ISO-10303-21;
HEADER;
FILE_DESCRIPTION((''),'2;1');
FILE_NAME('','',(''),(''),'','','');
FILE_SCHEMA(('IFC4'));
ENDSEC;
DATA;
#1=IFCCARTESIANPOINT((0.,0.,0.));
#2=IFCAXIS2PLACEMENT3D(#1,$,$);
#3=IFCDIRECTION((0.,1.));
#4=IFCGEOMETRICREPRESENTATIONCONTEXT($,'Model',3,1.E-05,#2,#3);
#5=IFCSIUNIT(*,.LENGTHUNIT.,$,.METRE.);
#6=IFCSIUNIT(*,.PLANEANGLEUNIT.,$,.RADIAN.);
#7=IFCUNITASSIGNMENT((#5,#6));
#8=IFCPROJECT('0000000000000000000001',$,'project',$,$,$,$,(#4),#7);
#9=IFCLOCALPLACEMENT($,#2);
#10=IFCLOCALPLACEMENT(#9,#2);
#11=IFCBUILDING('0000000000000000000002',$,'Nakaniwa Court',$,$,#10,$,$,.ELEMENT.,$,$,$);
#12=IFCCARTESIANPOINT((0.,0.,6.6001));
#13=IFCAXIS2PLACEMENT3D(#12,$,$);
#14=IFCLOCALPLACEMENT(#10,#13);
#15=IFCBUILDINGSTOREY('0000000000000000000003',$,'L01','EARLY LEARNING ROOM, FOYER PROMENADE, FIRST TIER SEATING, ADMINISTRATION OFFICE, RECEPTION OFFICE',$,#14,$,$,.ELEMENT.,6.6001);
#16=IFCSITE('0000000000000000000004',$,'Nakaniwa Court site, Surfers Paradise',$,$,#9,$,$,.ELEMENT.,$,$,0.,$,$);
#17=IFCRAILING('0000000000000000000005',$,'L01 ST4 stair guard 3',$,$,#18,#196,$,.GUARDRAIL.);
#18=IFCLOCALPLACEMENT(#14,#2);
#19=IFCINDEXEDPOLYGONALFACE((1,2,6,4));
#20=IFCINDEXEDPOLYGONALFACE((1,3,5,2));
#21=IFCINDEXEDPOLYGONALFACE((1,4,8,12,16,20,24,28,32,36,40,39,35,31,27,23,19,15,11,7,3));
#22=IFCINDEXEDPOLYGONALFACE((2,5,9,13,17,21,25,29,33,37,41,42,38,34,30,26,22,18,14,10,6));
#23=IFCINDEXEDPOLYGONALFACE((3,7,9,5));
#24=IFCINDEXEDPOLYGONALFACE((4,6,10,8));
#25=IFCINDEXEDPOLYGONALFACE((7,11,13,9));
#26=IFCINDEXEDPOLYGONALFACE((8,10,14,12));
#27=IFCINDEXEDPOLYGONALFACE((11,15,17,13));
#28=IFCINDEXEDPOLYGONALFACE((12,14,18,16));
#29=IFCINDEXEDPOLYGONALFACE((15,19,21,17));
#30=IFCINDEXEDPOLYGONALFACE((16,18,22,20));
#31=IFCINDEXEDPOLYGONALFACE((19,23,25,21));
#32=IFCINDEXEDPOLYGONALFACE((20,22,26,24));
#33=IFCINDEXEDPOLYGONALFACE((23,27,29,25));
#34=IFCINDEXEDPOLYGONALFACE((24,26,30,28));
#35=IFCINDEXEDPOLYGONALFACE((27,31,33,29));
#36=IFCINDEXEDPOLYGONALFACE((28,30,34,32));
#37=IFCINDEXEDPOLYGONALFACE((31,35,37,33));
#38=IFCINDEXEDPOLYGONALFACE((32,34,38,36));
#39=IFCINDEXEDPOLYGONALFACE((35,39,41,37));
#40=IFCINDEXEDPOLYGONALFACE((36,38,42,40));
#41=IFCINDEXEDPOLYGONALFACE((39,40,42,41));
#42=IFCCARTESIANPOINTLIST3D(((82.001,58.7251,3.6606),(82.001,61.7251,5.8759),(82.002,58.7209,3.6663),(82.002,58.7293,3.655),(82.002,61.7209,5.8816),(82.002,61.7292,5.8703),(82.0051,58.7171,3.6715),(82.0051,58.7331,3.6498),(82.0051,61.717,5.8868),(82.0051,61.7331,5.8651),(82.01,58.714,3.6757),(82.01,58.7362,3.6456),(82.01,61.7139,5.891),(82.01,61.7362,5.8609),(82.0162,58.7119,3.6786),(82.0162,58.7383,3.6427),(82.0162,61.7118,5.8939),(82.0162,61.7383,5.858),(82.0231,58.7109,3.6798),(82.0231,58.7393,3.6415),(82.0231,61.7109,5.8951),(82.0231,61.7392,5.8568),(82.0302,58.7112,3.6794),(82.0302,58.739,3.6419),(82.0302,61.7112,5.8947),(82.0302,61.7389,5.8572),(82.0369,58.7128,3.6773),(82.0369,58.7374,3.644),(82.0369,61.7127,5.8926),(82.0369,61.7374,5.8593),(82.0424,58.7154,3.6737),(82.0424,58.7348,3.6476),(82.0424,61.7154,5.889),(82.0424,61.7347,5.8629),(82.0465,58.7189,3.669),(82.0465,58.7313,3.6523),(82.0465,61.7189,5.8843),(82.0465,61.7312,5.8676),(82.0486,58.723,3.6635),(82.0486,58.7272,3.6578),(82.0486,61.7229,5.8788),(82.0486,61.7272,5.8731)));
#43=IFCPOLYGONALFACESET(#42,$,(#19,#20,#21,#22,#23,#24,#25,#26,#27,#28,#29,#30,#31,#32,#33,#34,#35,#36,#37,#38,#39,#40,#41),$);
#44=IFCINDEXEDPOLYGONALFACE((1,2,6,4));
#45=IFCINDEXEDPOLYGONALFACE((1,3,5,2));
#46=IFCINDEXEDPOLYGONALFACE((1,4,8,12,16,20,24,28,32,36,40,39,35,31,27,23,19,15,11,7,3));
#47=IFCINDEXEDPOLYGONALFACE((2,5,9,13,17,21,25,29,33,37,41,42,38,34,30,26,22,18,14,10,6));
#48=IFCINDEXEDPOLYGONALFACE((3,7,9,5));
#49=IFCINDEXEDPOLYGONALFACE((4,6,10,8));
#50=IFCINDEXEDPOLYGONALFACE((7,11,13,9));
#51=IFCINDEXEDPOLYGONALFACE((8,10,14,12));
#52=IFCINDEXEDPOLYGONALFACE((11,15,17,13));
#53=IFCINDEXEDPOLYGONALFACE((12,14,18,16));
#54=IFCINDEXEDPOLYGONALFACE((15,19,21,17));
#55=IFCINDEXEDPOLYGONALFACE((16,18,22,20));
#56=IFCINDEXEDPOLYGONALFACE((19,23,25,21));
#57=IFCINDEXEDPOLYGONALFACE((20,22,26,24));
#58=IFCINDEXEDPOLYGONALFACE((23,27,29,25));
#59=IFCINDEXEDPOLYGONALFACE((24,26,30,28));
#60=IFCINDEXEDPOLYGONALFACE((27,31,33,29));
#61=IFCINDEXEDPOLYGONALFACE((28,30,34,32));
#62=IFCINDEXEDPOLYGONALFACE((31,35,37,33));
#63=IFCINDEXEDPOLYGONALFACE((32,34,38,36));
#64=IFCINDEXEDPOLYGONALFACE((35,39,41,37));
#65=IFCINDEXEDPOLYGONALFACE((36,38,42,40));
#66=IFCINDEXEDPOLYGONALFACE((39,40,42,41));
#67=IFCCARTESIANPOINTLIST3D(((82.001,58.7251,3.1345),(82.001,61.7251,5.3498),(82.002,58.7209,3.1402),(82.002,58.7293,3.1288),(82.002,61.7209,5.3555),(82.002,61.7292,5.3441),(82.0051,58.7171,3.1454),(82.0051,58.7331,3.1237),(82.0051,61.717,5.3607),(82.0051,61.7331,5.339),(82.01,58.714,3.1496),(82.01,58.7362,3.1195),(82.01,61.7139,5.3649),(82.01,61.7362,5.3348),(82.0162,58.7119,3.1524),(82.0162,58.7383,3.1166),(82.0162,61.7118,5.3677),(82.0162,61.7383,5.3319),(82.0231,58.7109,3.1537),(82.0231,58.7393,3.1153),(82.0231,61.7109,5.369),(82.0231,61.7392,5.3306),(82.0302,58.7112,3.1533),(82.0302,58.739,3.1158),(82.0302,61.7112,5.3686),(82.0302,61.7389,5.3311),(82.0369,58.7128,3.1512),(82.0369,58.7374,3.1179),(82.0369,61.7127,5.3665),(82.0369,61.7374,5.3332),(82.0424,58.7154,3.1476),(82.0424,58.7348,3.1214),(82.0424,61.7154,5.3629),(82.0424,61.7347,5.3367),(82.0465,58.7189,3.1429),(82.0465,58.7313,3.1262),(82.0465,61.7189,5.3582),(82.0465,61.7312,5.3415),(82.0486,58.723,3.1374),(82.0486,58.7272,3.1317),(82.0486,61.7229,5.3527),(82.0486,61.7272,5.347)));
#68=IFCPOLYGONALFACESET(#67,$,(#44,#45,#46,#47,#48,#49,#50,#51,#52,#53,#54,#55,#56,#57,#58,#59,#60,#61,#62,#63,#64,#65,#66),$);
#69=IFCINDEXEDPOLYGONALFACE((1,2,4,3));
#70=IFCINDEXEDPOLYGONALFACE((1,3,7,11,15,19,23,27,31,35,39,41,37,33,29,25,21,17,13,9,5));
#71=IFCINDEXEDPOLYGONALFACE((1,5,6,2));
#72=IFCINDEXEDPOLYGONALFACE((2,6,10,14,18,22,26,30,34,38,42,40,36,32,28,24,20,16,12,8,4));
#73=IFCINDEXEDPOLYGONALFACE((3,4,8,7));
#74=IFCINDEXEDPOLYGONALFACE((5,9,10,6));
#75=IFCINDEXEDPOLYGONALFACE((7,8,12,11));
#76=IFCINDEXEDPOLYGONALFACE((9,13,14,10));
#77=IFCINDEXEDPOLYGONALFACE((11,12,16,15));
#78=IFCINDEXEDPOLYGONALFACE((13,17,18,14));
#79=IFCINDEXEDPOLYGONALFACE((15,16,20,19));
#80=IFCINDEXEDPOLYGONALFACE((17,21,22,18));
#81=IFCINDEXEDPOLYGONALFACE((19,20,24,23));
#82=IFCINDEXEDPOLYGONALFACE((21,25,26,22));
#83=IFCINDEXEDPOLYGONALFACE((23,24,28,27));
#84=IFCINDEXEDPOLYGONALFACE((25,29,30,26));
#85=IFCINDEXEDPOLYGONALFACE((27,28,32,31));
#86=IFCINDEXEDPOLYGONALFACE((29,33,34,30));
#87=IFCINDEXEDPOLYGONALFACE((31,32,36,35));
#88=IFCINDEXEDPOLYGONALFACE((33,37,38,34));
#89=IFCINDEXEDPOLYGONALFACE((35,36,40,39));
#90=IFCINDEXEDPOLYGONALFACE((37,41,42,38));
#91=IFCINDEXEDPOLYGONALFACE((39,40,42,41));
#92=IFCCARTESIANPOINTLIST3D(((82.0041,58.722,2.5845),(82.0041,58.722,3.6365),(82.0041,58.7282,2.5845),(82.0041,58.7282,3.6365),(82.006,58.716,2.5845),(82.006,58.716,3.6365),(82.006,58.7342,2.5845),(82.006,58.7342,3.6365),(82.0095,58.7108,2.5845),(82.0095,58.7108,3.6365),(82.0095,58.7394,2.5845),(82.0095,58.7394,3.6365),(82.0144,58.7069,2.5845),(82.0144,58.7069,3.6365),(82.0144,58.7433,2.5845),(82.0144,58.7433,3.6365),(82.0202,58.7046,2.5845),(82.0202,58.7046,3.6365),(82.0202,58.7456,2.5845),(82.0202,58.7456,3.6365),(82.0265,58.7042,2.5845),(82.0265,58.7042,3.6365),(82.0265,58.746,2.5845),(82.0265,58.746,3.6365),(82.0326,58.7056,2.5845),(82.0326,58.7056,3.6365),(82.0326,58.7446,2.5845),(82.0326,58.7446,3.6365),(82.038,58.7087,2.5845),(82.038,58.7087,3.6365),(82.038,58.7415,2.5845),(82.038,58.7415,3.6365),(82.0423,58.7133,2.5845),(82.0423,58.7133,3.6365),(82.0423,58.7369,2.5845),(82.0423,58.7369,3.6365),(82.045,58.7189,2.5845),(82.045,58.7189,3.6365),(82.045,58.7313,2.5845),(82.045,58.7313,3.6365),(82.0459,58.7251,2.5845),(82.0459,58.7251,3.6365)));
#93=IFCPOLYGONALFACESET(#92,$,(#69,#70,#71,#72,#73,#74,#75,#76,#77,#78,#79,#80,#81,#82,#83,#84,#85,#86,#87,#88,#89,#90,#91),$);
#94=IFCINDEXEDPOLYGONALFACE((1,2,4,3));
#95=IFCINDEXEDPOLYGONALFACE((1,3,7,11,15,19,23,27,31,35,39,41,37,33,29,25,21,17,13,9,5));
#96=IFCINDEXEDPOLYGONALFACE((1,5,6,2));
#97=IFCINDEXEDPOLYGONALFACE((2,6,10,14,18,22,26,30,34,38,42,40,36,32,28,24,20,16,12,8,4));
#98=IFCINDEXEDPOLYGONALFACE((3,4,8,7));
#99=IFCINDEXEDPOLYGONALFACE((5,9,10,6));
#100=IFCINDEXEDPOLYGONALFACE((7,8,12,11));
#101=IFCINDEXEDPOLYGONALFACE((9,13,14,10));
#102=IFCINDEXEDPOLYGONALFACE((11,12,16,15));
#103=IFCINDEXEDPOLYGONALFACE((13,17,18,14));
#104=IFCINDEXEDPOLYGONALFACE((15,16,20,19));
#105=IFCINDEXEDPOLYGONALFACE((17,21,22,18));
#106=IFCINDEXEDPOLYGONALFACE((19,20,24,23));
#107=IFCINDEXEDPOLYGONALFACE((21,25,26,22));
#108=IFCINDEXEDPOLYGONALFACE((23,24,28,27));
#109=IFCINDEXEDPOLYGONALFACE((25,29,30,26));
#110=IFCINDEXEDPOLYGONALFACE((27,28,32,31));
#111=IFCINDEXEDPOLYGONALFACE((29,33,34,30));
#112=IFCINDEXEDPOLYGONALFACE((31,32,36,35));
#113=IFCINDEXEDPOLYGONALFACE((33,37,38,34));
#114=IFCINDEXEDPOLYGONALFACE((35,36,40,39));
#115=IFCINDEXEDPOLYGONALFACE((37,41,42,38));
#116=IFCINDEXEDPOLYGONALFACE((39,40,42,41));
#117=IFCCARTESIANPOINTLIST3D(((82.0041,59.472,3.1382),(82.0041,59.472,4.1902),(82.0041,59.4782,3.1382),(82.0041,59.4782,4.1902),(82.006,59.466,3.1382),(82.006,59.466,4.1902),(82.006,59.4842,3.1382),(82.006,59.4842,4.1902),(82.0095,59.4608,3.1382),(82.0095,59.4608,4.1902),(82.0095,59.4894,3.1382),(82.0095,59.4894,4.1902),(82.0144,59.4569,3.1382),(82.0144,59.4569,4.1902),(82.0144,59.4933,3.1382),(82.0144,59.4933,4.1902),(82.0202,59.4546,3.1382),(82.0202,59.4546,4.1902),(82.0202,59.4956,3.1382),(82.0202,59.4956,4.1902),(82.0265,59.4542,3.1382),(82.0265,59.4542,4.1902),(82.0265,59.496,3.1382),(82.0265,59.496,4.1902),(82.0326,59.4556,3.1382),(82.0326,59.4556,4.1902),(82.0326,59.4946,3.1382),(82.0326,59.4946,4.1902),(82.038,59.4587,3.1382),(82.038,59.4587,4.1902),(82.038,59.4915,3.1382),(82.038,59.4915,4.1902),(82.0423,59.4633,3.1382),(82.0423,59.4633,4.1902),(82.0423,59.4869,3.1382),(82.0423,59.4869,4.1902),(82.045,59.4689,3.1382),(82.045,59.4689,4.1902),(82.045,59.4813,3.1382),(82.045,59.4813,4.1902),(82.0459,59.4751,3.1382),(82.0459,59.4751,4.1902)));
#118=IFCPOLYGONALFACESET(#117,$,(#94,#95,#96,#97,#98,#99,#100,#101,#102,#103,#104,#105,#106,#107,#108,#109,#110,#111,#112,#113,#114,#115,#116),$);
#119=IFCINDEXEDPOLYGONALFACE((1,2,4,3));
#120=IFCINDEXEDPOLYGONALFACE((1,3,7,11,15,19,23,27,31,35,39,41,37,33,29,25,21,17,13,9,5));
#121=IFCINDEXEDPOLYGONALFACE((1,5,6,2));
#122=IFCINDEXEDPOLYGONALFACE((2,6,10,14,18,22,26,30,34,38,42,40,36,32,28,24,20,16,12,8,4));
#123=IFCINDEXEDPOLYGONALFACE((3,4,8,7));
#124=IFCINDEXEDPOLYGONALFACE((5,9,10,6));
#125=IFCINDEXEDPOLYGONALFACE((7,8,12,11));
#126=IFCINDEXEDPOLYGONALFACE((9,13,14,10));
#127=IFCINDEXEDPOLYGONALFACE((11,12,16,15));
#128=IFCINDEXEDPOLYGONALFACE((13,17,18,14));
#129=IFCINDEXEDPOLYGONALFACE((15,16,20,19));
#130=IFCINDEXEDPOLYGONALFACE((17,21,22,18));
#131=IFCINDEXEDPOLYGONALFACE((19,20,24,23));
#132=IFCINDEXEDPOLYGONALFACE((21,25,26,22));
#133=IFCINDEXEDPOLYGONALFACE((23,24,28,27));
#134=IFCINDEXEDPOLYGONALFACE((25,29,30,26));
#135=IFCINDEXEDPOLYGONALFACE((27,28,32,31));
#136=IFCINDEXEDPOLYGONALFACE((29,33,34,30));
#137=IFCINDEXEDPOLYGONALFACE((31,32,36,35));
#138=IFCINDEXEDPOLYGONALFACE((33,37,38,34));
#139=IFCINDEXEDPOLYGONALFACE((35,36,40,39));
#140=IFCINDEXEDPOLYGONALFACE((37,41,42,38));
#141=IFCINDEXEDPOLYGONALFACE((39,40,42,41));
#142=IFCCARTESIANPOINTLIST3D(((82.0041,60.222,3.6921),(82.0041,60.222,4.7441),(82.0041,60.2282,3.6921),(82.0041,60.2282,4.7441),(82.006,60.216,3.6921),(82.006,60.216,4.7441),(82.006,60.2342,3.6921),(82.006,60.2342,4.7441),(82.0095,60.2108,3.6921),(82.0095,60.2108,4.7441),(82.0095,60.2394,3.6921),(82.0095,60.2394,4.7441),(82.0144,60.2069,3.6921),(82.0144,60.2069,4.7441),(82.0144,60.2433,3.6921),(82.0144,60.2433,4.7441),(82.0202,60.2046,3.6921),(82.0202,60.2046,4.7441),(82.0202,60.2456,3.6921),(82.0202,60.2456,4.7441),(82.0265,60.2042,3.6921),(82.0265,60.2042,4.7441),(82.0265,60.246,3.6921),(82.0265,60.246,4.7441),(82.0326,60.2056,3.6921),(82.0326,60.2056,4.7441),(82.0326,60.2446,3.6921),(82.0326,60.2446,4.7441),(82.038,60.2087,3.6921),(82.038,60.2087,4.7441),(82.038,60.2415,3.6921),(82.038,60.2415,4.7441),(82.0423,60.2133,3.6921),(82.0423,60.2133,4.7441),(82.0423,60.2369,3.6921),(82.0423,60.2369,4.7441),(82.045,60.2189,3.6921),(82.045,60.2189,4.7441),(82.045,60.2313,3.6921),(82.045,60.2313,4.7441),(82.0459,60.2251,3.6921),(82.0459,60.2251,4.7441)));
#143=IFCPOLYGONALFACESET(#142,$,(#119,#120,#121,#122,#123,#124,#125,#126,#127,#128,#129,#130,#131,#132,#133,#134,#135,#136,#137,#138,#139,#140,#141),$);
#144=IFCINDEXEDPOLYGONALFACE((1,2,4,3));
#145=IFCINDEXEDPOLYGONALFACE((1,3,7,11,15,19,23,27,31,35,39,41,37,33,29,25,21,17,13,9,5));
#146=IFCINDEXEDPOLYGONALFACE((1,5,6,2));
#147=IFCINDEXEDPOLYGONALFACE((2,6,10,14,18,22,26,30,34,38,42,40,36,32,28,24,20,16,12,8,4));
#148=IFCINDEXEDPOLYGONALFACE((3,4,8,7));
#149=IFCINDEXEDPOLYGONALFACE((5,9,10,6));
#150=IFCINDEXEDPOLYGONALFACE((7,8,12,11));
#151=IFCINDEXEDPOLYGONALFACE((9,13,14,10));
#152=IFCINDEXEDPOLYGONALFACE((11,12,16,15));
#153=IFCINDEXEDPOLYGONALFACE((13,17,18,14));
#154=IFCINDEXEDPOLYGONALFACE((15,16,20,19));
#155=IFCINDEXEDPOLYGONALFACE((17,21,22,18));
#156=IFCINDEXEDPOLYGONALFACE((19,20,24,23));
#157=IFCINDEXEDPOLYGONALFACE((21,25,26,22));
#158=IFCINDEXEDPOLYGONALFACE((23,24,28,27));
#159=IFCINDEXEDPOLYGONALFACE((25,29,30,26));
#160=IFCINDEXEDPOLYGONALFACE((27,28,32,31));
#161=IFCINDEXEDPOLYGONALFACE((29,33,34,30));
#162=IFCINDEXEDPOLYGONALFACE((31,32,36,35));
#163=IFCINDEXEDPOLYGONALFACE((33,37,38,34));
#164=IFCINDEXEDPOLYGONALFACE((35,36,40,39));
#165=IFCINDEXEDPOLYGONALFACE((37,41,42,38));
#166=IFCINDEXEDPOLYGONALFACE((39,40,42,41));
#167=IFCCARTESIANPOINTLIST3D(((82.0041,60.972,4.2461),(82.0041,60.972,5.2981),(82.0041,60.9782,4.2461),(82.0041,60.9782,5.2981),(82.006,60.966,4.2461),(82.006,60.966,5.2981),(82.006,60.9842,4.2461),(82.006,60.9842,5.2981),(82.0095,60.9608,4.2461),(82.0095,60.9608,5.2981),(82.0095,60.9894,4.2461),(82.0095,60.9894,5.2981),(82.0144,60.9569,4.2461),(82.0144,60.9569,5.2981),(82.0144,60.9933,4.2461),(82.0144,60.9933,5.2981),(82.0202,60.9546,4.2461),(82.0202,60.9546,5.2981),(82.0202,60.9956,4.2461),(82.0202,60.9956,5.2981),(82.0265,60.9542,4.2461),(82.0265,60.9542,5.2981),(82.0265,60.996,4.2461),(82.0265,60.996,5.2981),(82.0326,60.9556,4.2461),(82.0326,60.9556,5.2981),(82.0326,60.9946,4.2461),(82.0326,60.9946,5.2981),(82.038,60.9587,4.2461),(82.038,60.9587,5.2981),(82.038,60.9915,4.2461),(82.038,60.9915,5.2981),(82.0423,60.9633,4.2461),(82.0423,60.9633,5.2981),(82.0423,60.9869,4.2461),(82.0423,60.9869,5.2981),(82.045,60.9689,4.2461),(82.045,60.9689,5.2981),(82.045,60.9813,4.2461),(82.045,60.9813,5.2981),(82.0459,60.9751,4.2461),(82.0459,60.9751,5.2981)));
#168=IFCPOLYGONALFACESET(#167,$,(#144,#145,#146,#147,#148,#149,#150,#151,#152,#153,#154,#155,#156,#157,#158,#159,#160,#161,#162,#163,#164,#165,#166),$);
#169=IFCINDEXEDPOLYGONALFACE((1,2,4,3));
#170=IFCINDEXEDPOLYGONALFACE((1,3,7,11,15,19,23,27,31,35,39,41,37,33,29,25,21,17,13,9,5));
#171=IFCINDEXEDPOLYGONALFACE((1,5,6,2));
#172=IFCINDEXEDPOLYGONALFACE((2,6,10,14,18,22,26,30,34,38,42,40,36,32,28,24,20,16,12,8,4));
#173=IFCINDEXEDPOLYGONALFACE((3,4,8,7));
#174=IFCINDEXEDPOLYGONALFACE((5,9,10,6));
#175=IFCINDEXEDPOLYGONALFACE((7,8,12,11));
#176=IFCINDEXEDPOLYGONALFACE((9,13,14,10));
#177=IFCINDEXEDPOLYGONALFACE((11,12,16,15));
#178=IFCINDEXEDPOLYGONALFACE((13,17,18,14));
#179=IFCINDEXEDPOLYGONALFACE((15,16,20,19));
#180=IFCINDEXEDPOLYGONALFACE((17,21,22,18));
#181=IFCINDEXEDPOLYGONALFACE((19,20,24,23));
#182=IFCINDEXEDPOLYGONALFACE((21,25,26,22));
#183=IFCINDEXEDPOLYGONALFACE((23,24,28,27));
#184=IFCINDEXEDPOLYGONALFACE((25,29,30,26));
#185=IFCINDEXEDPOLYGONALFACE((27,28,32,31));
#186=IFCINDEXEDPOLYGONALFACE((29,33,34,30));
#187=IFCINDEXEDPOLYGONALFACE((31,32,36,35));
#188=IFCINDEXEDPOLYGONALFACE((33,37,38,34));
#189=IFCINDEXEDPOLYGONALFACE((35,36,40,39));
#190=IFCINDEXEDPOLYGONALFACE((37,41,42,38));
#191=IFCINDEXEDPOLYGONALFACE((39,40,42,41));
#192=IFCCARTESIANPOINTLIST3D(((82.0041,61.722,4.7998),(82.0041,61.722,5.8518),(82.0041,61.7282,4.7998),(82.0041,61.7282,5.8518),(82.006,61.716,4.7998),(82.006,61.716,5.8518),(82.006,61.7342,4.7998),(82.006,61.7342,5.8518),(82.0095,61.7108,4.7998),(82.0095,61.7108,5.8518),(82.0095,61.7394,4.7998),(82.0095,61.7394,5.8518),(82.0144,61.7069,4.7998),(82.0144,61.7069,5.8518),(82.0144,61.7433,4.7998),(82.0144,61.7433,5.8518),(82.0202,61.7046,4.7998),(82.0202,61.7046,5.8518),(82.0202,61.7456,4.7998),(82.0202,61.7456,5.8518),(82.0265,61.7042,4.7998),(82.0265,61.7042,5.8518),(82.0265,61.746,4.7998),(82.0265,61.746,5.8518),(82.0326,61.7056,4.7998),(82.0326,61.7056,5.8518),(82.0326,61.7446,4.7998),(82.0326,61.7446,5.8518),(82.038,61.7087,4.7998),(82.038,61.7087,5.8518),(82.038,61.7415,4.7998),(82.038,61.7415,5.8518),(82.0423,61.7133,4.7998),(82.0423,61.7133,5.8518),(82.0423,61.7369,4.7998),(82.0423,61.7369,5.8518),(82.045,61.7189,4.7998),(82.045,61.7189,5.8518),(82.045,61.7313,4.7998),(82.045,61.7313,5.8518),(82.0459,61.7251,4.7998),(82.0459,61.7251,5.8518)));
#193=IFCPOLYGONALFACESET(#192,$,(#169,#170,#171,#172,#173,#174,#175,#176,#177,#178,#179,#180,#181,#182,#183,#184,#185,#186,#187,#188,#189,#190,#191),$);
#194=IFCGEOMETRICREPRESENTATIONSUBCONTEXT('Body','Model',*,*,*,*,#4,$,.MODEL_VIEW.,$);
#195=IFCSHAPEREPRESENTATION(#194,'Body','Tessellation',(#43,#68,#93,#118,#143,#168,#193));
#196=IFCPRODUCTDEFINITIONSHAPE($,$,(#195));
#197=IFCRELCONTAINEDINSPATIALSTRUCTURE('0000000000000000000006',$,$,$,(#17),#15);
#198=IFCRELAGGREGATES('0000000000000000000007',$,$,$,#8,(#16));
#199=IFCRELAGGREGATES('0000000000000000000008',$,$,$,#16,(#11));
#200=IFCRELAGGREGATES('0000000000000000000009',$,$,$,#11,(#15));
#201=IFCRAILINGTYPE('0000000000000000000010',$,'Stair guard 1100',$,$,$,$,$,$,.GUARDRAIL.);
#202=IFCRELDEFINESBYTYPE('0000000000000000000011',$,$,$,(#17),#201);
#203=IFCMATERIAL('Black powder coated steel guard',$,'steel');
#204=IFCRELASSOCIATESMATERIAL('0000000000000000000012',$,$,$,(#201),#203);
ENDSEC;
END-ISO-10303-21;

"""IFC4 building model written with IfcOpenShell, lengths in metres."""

from ifc_helpers import new_model, si_unit, direction, frame, origin, origin_2d, place, context, subcontext, project, spatial, circle, extrude, material, type_object, element, save


model = new_model("IFC4")

# Units and contexts
model_context = context("Model", 3, precision=1e-05, world=origin(), true_north=direction((0.0, 1.0)))
body_context = subcontext(model_context, "Body", "Model", "MODEL_VIEW")
ifc_project = project(units=[si_unit("LENGTHUNIT", "METRE"), si_unit("PLANEANGLEUNIT", "RADIAN")], contexts=[model_context])

# Site, building, storey
site_placement = place(None, origin())
site = spatial("IfcSite", under=ifc_project, at=site_placement, Name="Nakaniwa Court site, Surfers Paradise", CompositionType="ELEMENT", RefElevation=0.0)
building_placement = place(site_placement, origin())
building = spatial("IfcBuilding", under=site, at=building_placement, Name="Nakaniwa Court", CompositionType="ELEMENT")
storey_placement = place(building_placement, frame((0.0, 0.0, 6.6001)))
storey = spatial("IfcBuildingStorey", under=building, at=storey_placement, Name="L01", Description="EARLY LEARNING ROOM, FOYER PROMENADE, FIRST TIER SEATING, ADMINISTRATION OFFICE, RECEPTION OFFICE", CompositionType="ELEMENT", Elevation=6.6001)

# Railing
ifc_material_1 = material(Name="Black powder coated steel guard", Category="steel")
railing_type_1 = type_object("IfcRailingType", Name="Stair guard 1100", PredefinedType="GUARDRAIL", material=ifc_material_1)
railing_1_placement = place(storey_placement, frame((82.0249, 58.7251, 2.5845)))
element("IfcRailing", 1, at=railing_1_placement, inside=storey, type_object=railing_type_1, Name="L01 ST4 stair guard 3", PredefinedType="GUARDRAIL", context=body_context, shape_type="SweptSolid", body=[
    extrude(circle(Radius=0.0239, at=origin_2d()), frame((0.0, 0.0, 1.0762), z_axis=(0.0, 0.80444, 0.594034), x_axis=(-1.0, 0.0, 0.0)), (0.0, 0.0, 1.0), 3.7292),
    extrude(circle(Radius=0.0239, at=origin_2d()), frame((0.0, 0.0, 0.55), z_axis=(0.0, 0.80444, 0.594034), x_axis=(-1.0, 0.0, 0.0)), (0.0, 0.0, 1.0), 3.7292),
    extrude(circle(Radius=0.021, at=origin_2d()), origin(), (0.0, 0.0, 1.0), 1.052),
    extrude(circle(Radius=0.021, at=origin_2d()), frame((0.0, 0.75, 0.5537)), (0.0, 0.0, 1.0), 1.052),
    extrude(circle(Radius=0.021, at=origin_2d()), frame((0.0, 1.5, 1.1077)), (0.0, 0.0, 1.0), 1.052),
    extrude(circle(Radius=0.021, at=origin_2d()), frame((0.0, 2.25, 1.6616)), (0.0, 0.0, 1.0), 1.052),
    extrude(circle(Radius=0.021, at=origin_2d()), frame((0.0, 3.0, 2.2153)), (0.0, 0.0, 1.0), 1.052),
])

save(model, "model.ifc")
